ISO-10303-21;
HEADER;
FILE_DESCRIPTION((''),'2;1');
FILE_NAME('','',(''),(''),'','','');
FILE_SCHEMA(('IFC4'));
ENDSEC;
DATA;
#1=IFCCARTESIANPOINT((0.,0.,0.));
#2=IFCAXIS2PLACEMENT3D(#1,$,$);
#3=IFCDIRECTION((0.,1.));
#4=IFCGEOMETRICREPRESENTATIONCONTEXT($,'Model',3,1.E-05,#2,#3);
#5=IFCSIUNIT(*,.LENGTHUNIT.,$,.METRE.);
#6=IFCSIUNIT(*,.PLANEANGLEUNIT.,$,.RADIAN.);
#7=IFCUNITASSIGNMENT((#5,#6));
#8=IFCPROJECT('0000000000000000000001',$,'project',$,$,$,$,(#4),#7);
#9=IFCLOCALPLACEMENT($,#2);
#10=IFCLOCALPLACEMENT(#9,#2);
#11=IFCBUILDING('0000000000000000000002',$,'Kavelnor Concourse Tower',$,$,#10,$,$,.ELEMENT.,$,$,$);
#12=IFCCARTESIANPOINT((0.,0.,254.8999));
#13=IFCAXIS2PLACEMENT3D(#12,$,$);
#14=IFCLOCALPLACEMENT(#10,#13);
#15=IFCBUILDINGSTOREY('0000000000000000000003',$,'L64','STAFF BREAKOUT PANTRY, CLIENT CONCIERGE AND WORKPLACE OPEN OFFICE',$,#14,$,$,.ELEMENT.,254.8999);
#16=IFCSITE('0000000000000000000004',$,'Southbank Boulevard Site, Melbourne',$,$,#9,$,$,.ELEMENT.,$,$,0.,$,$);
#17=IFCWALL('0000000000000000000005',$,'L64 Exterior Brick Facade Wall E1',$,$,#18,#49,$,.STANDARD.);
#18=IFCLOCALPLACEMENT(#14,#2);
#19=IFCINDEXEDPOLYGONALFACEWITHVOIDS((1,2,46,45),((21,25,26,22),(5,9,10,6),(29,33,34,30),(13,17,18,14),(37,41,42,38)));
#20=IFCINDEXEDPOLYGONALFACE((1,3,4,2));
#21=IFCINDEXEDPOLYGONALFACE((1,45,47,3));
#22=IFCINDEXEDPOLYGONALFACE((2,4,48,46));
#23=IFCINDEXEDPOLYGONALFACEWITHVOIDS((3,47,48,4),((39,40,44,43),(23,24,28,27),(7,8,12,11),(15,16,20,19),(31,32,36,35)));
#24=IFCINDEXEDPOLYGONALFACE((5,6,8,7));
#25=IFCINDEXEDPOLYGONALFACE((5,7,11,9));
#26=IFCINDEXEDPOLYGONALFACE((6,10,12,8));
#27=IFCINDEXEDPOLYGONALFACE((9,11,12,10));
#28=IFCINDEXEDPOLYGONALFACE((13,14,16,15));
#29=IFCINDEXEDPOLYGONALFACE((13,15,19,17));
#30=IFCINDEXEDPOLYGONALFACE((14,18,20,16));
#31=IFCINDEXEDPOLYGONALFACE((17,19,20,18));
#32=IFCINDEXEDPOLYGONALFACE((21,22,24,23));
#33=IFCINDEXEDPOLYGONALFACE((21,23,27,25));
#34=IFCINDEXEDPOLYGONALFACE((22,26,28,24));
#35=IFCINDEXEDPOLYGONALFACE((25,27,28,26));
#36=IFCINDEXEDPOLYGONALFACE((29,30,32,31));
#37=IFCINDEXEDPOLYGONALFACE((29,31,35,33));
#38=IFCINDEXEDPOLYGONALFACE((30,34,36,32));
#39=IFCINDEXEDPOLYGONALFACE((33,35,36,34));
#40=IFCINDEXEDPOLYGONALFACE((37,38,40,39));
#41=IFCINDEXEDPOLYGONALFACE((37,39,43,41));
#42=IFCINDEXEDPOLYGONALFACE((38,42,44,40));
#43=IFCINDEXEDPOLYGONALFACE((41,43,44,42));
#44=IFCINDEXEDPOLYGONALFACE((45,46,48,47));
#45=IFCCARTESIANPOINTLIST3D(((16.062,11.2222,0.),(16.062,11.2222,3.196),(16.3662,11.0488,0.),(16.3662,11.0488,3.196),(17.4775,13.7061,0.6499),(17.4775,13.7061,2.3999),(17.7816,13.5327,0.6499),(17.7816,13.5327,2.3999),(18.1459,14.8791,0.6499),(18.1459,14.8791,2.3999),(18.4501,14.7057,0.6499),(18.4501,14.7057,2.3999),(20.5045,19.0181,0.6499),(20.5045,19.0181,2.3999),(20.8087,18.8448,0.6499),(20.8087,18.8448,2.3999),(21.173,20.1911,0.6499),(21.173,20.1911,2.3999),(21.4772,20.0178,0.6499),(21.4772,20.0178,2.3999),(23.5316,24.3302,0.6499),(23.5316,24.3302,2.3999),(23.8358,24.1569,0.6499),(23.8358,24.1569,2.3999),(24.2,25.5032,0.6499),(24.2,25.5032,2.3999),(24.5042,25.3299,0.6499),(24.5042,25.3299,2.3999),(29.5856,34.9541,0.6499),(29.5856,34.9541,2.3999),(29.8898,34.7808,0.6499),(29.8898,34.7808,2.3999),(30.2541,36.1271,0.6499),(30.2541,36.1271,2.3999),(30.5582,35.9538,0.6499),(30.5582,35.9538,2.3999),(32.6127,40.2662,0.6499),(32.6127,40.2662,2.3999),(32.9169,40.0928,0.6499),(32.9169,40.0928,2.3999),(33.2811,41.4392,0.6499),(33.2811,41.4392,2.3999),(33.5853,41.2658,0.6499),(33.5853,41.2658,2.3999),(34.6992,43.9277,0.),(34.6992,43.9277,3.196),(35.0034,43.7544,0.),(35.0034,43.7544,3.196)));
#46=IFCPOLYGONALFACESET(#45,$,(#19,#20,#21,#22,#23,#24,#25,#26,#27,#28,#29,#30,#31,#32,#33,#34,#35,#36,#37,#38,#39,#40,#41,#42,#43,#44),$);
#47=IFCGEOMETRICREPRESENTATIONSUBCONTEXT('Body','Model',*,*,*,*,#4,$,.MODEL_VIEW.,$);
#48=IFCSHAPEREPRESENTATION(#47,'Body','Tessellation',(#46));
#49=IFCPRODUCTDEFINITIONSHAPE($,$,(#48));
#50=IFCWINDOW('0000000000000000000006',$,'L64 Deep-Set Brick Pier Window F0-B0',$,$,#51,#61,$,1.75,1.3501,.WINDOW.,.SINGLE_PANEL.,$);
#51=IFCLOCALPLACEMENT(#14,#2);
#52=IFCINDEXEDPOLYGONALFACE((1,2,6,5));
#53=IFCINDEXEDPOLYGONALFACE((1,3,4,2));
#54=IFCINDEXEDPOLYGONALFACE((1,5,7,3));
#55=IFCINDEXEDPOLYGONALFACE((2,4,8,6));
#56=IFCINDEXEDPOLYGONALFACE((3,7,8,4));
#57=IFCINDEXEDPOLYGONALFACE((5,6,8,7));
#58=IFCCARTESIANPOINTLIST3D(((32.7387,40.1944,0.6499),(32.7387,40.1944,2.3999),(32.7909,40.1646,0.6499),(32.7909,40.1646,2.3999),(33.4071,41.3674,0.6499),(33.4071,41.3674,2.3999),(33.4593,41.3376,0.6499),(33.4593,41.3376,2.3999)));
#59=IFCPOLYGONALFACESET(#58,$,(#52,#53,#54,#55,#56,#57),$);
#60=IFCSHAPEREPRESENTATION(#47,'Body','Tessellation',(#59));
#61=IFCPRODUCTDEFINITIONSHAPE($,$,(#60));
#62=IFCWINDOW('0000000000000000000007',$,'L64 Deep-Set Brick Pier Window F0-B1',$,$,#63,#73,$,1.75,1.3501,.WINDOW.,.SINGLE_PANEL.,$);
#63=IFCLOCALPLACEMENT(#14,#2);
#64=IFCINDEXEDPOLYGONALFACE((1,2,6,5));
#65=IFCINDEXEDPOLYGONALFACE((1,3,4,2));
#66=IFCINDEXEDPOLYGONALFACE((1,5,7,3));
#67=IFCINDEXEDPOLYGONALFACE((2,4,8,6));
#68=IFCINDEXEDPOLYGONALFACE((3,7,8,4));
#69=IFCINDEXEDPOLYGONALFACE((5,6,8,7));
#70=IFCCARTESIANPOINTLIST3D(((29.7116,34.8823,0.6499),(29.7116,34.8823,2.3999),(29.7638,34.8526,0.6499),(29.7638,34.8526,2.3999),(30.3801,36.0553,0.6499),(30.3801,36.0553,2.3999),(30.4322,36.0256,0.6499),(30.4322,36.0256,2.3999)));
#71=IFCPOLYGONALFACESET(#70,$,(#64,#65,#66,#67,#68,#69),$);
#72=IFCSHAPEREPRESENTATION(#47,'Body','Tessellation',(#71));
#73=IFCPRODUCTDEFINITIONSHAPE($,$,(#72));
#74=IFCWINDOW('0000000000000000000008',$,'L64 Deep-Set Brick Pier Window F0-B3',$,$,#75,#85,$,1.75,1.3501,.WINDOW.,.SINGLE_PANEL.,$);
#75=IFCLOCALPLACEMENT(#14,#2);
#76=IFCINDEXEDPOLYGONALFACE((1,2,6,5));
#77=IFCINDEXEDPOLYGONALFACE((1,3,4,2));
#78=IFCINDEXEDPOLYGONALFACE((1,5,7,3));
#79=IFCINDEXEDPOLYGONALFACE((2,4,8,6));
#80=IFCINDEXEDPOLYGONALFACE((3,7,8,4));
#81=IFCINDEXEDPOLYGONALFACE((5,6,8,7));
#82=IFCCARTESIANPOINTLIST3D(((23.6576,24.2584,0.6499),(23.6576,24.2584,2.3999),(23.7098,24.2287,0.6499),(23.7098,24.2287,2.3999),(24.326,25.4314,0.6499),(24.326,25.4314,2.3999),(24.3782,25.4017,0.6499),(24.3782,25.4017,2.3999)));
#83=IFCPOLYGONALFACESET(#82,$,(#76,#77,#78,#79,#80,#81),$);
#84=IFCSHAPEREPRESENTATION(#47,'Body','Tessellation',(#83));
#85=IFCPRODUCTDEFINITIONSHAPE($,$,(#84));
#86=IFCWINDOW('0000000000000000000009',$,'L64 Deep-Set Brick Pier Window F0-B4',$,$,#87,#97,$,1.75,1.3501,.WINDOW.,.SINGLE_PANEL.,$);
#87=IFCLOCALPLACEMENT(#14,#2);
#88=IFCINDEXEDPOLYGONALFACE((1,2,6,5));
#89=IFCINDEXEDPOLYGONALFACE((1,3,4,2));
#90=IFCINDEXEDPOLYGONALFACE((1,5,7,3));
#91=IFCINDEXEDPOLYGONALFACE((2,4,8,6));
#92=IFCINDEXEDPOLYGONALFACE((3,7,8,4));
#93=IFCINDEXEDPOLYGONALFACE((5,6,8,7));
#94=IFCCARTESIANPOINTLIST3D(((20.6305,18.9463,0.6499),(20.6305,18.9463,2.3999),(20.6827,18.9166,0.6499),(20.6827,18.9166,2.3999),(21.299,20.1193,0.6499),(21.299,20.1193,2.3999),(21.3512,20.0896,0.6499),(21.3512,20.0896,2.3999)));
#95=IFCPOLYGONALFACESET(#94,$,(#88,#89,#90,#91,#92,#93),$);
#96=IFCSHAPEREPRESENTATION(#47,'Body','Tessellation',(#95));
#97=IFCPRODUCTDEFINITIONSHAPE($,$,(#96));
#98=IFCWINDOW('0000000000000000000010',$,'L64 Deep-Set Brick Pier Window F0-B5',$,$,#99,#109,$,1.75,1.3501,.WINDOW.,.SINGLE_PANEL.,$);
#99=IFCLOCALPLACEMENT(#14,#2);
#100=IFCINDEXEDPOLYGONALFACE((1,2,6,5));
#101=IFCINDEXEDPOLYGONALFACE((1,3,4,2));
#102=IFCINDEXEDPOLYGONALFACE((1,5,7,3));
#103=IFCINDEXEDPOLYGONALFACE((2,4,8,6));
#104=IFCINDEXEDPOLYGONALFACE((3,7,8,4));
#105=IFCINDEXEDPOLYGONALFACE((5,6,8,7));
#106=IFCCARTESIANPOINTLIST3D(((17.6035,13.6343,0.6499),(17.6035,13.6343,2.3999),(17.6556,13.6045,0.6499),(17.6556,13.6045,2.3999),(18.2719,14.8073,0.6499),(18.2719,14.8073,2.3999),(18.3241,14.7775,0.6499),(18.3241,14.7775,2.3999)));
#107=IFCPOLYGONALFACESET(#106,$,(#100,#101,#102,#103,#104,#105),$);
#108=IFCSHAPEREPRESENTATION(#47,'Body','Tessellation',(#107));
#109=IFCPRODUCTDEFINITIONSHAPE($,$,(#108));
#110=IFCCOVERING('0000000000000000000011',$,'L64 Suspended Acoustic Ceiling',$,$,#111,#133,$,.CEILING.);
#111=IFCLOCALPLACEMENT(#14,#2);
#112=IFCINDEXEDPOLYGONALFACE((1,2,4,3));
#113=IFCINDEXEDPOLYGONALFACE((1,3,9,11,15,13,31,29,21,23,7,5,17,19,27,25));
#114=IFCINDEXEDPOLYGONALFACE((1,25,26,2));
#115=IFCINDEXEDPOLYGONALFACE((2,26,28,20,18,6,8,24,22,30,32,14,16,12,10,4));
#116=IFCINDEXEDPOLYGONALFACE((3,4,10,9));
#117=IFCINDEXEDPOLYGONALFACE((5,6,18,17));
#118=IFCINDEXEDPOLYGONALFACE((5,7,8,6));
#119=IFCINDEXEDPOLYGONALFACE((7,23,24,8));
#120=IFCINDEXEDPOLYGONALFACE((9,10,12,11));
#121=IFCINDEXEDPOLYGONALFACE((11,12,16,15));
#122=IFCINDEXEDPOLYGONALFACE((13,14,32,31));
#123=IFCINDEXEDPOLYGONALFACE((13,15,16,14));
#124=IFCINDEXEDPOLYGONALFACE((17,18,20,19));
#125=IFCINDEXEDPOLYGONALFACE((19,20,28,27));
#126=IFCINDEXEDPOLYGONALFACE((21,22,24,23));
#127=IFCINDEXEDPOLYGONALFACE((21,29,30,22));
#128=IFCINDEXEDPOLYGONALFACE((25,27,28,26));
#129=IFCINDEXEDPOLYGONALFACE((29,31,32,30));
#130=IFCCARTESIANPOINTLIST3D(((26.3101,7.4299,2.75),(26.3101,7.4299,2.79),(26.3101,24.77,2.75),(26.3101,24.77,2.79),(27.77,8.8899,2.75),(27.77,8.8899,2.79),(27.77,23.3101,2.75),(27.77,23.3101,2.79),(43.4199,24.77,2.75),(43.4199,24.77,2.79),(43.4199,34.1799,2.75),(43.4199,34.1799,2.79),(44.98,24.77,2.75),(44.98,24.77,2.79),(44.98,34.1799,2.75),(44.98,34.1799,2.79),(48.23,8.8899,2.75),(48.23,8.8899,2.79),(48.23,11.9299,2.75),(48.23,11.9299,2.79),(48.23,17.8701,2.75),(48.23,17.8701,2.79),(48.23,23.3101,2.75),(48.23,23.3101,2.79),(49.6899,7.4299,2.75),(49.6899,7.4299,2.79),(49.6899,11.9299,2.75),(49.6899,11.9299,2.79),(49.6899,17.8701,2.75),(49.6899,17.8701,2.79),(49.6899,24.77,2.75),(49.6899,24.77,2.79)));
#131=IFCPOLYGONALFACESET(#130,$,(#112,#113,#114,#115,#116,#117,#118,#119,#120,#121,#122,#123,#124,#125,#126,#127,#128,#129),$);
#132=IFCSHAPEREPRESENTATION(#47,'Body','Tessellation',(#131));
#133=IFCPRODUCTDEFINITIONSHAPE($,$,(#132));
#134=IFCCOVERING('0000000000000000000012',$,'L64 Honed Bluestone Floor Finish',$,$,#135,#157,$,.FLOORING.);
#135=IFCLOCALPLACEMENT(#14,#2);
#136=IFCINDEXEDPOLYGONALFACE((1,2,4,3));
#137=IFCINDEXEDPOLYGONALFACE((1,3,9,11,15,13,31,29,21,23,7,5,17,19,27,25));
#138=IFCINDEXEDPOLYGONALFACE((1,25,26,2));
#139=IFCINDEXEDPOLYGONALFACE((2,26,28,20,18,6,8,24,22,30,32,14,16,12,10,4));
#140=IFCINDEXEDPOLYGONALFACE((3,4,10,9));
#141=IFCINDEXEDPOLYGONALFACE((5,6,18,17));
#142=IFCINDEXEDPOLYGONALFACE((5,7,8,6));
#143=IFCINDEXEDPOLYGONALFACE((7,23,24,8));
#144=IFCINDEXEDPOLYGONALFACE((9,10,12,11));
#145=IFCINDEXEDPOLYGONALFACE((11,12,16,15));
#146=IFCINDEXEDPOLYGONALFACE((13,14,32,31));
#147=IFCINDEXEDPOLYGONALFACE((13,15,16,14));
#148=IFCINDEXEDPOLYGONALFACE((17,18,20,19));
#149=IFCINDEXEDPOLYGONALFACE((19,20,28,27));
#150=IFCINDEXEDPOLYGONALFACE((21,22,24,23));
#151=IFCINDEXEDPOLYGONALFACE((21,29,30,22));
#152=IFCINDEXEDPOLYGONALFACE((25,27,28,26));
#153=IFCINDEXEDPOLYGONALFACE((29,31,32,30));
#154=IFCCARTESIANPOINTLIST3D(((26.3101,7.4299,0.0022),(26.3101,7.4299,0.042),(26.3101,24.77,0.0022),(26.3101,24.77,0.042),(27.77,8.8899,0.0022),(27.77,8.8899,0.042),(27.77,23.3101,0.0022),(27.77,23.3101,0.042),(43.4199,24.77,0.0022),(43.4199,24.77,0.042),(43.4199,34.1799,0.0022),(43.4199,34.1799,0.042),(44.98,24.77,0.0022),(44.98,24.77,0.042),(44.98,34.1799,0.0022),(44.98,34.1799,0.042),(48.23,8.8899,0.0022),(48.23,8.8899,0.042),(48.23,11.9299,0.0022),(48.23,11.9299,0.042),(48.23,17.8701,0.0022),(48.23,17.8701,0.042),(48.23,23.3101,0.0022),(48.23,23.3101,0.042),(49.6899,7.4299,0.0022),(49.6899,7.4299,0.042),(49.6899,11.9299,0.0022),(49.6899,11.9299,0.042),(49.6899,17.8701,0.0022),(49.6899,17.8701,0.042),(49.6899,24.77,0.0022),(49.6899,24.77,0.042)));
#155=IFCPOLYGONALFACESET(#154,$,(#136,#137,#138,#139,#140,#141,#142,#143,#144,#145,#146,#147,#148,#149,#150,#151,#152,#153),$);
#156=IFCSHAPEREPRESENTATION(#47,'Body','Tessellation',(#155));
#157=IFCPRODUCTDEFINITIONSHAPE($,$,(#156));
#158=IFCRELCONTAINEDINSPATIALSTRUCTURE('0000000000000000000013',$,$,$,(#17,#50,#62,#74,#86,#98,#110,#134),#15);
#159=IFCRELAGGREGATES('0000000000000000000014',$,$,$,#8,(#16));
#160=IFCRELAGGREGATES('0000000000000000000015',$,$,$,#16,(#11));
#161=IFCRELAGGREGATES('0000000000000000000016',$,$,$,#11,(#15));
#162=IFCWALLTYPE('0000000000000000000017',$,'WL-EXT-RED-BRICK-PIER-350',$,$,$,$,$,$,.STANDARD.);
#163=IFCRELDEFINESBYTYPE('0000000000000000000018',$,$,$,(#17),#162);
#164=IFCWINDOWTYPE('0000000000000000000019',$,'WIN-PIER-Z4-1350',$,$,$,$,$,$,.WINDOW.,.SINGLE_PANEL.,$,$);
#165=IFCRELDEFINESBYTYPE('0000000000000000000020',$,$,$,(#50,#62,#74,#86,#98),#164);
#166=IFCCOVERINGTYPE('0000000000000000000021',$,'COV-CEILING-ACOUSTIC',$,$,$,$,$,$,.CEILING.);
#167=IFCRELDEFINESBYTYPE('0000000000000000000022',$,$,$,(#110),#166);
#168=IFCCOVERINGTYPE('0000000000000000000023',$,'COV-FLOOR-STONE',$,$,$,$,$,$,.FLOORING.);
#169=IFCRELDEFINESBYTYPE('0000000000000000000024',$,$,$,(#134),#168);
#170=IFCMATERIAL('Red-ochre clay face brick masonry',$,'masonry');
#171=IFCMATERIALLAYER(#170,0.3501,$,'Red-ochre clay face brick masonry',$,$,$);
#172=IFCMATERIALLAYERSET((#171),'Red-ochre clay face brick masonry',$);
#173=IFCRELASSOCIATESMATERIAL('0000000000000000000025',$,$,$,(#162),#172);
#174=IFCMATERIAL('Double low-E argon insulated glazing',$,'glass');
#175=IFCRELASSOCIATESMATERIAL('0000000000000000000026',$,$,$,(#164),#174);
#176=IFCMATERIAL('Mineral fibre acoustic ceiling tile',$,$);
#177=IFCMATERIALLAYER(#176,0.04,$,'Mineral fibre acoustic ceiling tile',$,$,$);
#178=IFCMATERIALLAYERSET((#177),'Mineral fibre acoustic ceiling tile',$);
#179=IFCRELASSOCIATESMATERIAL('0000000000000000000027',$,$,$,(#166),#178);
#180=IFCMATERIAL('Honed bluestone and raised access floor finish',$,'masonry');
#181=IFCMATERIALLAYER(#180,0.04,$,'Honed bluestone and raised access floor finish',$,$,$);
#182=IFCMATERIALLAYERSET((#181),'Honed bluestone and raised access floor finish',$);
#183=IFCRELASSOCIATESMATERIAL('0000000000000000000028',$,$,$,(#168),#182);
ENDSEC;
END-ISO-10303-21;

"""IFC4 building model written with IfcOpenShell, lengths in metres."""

from ifc_helpers import new_model, si_unit, direction, frame, frame_2d, origin, place, context, subcontext, project, spatial, polyline, rectangle, outline, extrude, material, layer, layer_set, type_object, element, fill, save


model = new_model("IFC4")

# Units and contexts
model_context = context("Model", 3, precision=1e-05, world=origin(), true_north=direction((0.0, 1.0)))
body_context = subcontext(model_context, "Body", "Model", "MODEL_VIEW")
ifc_project = project(units=[si_unit("LENGTHUNIT", "METRE"), si_unit("PLANEANGLEUNIT", "RADIAN")], contexts=[model_context])

# Site, building, storey
site_placement = place(None, origin())
site = spatial("IfcSite", under=ifc_project, at=site_placement, Name="Southbank Boulevard Site, Melbourne", CompositionType="ELEMENT", RefElevation=0.0)
building_placement = place(site_placement, origin())
building = spatial("IfcBuilding", under=site, at=building_placement, Name="Kavelnor Concourse Tower", CompositionType="ELEMENT")
storey_placement = place(building_placement, frame((0.0, 0.0, 254.8999)))
storey = spatial("IfcBuildingStorey", under=building, at=storey_placement, Name="L64", Description="STAFF BREAKOUT PANTRY, CLIENT CONCIERGE AND WORKPLACE OPEN OFFICE", CompositionType="ELEMENT", Elevation=254.8999)

# Shared definitions
ifc_material_1 = material(Name="Double low-E argon insulated glazing", Category="glass")

# Wall, openings, windows
ifc_material_2 = material(Name="Red-ochre clay face brick masonry", Category="masonry")
ifc_layer_1 = layer(ifc_material_2, 0.3501, Name="Red-ochre clay face brick masonry")
ifc_layer_set_1 = layer_set([ifc_layer_1], Name="Red-ochre clay face brick masonry")
wall_type_1 = type_object("IfcWallType", Name="WL-EXT-RED-BRICK-PIER-350", PredefinedType="STANDARD", material=ifc_layer_set_1)
wall_1_placement = place(storey_placement, frame((16.2141, 11.1355, 0.0), z_axis=(0.0, 0.0, 1.0), x_axis=(0.495103, 0.868834, 0.0)))
wall_1 = element("IfcWall", 1, at=wall_1_placement, inside=storey, type_object=wall_type_1, Name="L64 Exterior Brick Facade Wall E1", PredefinedType="STANDARD", context=body_context, shape_type="SweptSolid", body=[
    extrude(rectangle(XDim=37.6431, YDim=0.3501, at=frame_2d((18.8215, 0.0))), origin(), (0.0, 0.0, 1.0), 3.196),
])
opening_1_placement = place(wall_1_placement, frame((33.4287, 0.0, 0.6499)))
opening_1 = element("IfcOpeningElement", 2, at=opening_1_placement, cuts=wall_1, PredefinedType="OPENING", context=body_context, shape_type="SweptSolid", body=[
    extrude(rectangle(XDim=1.3501, YDim=1.75, at=frame_2d((0.675, 0.875))), frame((0.0, 0.1851, 0.0), z_axis=(0.0, -1.0, 0.0), x_axis=(1.0, 0.0, 0.0)), (0.0, 0.0, 1.0), 0.3701),
])
opening_2_placement = place(wall_1_placement, frame((27.3147, 0.0, 0.6499)))
opening_2 = element("IfcOpeningElement", 3, at=opening_2_placement, cuts=wall_1, PredefinedType="OPENING", context=body_context, shape_type="SweptSolid", body=[
    extrude(rectangle(XDim=1.3501, YDim=1.75, at=frame_2d((0.675, 0.875))), frame((0.0, 0.1851, 0.0), z_axis=(0.0, -1.0, 0.0), x_axis=(1.0, 0.0, 0.0)), (0.0, 0.0, 1.0), 0.3701),
])
opening_3_placement = place(wall_1_placement, frame((15.0869, 0.0, 0.6499)))
opening_3 = element("IfcOpeningElement", 4, at=opening_3_placement, cuts=wall_1, PredefinedType="OPENING", context=body_context, shape_type="SweptSolid", body=[
    extrude(rectangle(XDim=1.3501, YDim=1.75, at=frame_2d((0.675, 0.875))), frame((0.0, 0.1851, 0.0), z_axis=(0.0, -1.0, 0.0), x_axis=(1.0, 0.0, 0.0)), (0.0, 0.0, 1.0), 0.3701),
])
opening_4_placement = place(wall_1_placement, frame((8.9729, 0.0, 0.6499)))
opening_4 = element("IfcOpeningElement", 5, at=opening_4_placement, cuts=wall_1, PredefinedType="OPENING", context=body_context, shape_type="SweptSolid", body=[
    extrude(rectangle(XDim=1.3501, YDim=1.75, at=frame_2d((0.675, 0.875))), frame((0.0, 0.1851, 0.0), z_axis=(0.0, -1.0, 0.0), x_axis=(1.0, 0.0, 0.0)), (0.0, 0.0, 1.0), 0.3701),
])
opening_5_placement = place(wall_1_placement, frame((2.8589, 0.0, 0.6499)))
opening_5 = element("IfcOpeningElement", 6, at=opening_5_placement, cuts=wall_1, PredefinedType="OPENING", context=body_context, shape_type="SweptSolid", body=[
    extrude(rectangle(XDim=1.3501, YDim=1.75, at=frame_2d((0.675, 0.875))), frame((0.0, 0.1851, 0.0), z_axis=(0.0, -1.0, 0.0), x_axis=(1.0, 0.0, 0.0)), (0.0, 0.0, 1.0), 0.3701),
])
window_type_1 = type_object("IfcWindowType", Name="WIN-PIER-Z4-1350", PartitioningType="SINGLE_PANEL", PredefinedType="WINDOW", material=ifc_material_1)
window_1_placement = place(opening_1_placement, origin())
window_1 = element("IfcWindow", 7, at=window_1_placement, inside=storey, type_object=window_type_1, Name="L64 Deep-Set Brick Pier Window F0-B0", OverallHeight=1.75, OverallWidth=1.3501, PartitioningType="SINGLE_PANEL", PredefinedType="WINDOW", context=body_context, shape_type="SweptSolid", body=[
    extrude(rectangle(XDim=1.3501, YDim=1.75, at=frame_2d((0.675, 0.875))), frame((0.0, 0.03, 0.0), z_axis=(0.0, -1.0, 0.0), x_axis=(1.0, 0.0, 0.0)), (0.0, 0.0, 1.0), 0.0601),
])
fill(opening_1, window_1)
window_2_placement = place(opening_2_placement, origin())
window_2 = element("IfcWindow", 8, at=window_2_placement, inside=storey, type_object=window_type_1, Name="L64 Deep-Set Brick Pier Window F0-B1", OverallHeight=1.75, OverallWidth=1.3501, PartitioningType="SINGLE_PANEL", PredefinedType="WINDOW", context=body_context, shape_type="SweptSolid", body=[
    extrude(rectangle(XDim=1.3501, YDim=1.75, at=frame_2d((0.675, 0.875))), frame((0.0, 0.03, 0.0), z_axis=(0.0, -1.0, 0.0), x_axis=(1.0, 0.0, 0.0)), (0.0, 0.0, 1.0), 0.0601),
])
fill(opening_2, window_2)
window_3_placement = place(opening_3_placement, origin())
window_3 = element("IfcWindow", 9, at=window_3_placement, inside=storey, type_object=window_type_1, Name="L64 Deep-Set Brick Pier Window F0-B3", OverallHeight=1.75, OverallWidth=1.3501, PartitioningType="SINGLE_PANEL", PredefinedType="WINDOW", context=body_context, shape_type="SweptSolid", body=[
    extrude(rectangle(XDim=1.3501, YDim=1.75, at=frame_2d((0.675, 0.875))), frame((0.0, 0.03, 0.0), z_axis=(0.0, -1.0, 0.0), x_axis=(1.0, 0.0, 0.0)), (0.0, 0.0, 1.0), 0.0601),
])
fill(opening_3, window_3)
window_4_placement = place(opening_4_placement, origin())
window_4 = element("IfcWindow", 10, at=window_4_placement, inside=storey, type_object=window_type_1, Name="L64 Deep-Set Brick Pier Window F0-B4", OverallHeight=1.75, OverallWidth=1.3501, PartitioningType="SINGLE_PANEL", PredefinedType="WINDOW", context=body_context, shape_type="SweptSolid", body=[
    extrude(rectangle(XDim=1.3501, YDim=1.75, at=frame_2d((0.675, 0.875))), frame((0.0, 0.03, 0.0), z_axis=(0.0, -1.0, 0.0), x_axis=(1.0, 0.0, 0.0)), (0.0, 0.0, 1.0), 0.0601),
])
fill(opening_4, window_4)
window_5_placement = place(opening_5_placement, origin())
window_5 = element("IfcWindow", 11, at=window_5_placement, inside=storey, type_object=window_type_1, Name="L64 Deep-Set Brick Pier Window F0-B5", OverallHeight=1.75, OverallWidth=1.3501, PartitioningType="SINGLE_PANEL", PredefinedType="WINDOW", context=body_context, shape_type="SweptSolid", body=[
    extrude(rectangle(XDim=1.3501, YDim=1.75, at=frame_2d((0.675, 0.875))), frame((0.0, 0.03, 0.0), z_axis=(0.0, -1.0, 0.0), x_axis=(1.0, 0.0, 0.0)), (0.0, 0.0, 1.0), 0.0601),
])
fill(opening_5, window_5)

# Coverings
ifc_material_3 = material(Name="Mineral fibre acoustic ceiling tile")
ifc_layer_2 = layer(ifc_material_3, 0.04, Name="Mineral fibre acoustic ceiling tile")
ifc_layer_set_2 = layer_set([ifc_layer_2], Name="Mineral fibre acoustic ceiling tile")
covering_type_1 = type_object("IfcCoveringType", Name="COV-CEILING-ACOUSTIC", PredefinedType="CEILING", material=ifc_layer_set_2)
covering_1_placement = place(storey_placement, frame((0.0, 0.0, 2.75)))
element("IfcCovering", 12, at=covering_1_placement, inside=storey, type_object=covering_type_1, Name="L64 Suspended Acoustic Ceiling", PredefinedType="CEILING", context=body_context, shape_type="SweptSolid", body=[
    extrude(outline(polyline([(44.98, 24.77), (49.6899, 24.77), (49.6899, 17.8701), (48.23, 17.8701), (48.23, 23.3101), (27.77, 23.3101), (27.77, 8.8899), (48.23, 8.8899), (48.23, 11.9299), (49.6899, 11.9299), (49.6899, 7.4299), (26.3101, 7.4299), (26.3101, 24.77), (43.4199, 24.77), (43.4199, 34.1799), (44.98, 34.1799), (44.98, 24.77)])), origin(), (0.0, 0.0, 1.0), 0.04),
])
ifc_material_4 = material(Name="Honed bluestone and raised access floor finish", Category="masonry")
ifc_layer_3 = layer(ifc_material_4, 0.04, Name="Honed bluestone and raised access floor finish")
ifc_layer_set_3 = layer_set([ifc_layer_3], Name="Honed bluestone and raised access floor finish")
covering_type_2 = type_object("IfcCoveringType", Name="COV-FLOOR-STONE", PredefinedType="FLOORING", material=ifc_layer_set_3)
covering_2_placement = place(storey_placement, frame((0.0, 0.0, 0.0022)))
element("IfcCovering", 13, at=covering_2_placement, inside=storey, type_object=covering_type_2, Name="L64 Honed Bluestone Floor Finish", PredefinedType="FLOORING", context=body_context, shape_type="SweptSolid", body=[
    extrude(outline(polyline([(44.98, 24.77), (49.6899, 24.77), (49.6899, 17.8701), (48.23, 17.8701), (48.23, 23.3101), (27.77, 23.3101), (27.77, 8.8899), (48.23, 8.8899), (48.23, 11.9299), (49.6899, 11.9299), (49.6899, 7.4299), (26.3101, 7.4299), (26.3101, 24.77), (43.4199, 24.77), (43.4199, 34.1799), (44.98, 34.1799), (44.98, 24.77)])), origin(), (0.0, 0.0, 1.0), 0.0398),
])

save(model, "model.ifc")
